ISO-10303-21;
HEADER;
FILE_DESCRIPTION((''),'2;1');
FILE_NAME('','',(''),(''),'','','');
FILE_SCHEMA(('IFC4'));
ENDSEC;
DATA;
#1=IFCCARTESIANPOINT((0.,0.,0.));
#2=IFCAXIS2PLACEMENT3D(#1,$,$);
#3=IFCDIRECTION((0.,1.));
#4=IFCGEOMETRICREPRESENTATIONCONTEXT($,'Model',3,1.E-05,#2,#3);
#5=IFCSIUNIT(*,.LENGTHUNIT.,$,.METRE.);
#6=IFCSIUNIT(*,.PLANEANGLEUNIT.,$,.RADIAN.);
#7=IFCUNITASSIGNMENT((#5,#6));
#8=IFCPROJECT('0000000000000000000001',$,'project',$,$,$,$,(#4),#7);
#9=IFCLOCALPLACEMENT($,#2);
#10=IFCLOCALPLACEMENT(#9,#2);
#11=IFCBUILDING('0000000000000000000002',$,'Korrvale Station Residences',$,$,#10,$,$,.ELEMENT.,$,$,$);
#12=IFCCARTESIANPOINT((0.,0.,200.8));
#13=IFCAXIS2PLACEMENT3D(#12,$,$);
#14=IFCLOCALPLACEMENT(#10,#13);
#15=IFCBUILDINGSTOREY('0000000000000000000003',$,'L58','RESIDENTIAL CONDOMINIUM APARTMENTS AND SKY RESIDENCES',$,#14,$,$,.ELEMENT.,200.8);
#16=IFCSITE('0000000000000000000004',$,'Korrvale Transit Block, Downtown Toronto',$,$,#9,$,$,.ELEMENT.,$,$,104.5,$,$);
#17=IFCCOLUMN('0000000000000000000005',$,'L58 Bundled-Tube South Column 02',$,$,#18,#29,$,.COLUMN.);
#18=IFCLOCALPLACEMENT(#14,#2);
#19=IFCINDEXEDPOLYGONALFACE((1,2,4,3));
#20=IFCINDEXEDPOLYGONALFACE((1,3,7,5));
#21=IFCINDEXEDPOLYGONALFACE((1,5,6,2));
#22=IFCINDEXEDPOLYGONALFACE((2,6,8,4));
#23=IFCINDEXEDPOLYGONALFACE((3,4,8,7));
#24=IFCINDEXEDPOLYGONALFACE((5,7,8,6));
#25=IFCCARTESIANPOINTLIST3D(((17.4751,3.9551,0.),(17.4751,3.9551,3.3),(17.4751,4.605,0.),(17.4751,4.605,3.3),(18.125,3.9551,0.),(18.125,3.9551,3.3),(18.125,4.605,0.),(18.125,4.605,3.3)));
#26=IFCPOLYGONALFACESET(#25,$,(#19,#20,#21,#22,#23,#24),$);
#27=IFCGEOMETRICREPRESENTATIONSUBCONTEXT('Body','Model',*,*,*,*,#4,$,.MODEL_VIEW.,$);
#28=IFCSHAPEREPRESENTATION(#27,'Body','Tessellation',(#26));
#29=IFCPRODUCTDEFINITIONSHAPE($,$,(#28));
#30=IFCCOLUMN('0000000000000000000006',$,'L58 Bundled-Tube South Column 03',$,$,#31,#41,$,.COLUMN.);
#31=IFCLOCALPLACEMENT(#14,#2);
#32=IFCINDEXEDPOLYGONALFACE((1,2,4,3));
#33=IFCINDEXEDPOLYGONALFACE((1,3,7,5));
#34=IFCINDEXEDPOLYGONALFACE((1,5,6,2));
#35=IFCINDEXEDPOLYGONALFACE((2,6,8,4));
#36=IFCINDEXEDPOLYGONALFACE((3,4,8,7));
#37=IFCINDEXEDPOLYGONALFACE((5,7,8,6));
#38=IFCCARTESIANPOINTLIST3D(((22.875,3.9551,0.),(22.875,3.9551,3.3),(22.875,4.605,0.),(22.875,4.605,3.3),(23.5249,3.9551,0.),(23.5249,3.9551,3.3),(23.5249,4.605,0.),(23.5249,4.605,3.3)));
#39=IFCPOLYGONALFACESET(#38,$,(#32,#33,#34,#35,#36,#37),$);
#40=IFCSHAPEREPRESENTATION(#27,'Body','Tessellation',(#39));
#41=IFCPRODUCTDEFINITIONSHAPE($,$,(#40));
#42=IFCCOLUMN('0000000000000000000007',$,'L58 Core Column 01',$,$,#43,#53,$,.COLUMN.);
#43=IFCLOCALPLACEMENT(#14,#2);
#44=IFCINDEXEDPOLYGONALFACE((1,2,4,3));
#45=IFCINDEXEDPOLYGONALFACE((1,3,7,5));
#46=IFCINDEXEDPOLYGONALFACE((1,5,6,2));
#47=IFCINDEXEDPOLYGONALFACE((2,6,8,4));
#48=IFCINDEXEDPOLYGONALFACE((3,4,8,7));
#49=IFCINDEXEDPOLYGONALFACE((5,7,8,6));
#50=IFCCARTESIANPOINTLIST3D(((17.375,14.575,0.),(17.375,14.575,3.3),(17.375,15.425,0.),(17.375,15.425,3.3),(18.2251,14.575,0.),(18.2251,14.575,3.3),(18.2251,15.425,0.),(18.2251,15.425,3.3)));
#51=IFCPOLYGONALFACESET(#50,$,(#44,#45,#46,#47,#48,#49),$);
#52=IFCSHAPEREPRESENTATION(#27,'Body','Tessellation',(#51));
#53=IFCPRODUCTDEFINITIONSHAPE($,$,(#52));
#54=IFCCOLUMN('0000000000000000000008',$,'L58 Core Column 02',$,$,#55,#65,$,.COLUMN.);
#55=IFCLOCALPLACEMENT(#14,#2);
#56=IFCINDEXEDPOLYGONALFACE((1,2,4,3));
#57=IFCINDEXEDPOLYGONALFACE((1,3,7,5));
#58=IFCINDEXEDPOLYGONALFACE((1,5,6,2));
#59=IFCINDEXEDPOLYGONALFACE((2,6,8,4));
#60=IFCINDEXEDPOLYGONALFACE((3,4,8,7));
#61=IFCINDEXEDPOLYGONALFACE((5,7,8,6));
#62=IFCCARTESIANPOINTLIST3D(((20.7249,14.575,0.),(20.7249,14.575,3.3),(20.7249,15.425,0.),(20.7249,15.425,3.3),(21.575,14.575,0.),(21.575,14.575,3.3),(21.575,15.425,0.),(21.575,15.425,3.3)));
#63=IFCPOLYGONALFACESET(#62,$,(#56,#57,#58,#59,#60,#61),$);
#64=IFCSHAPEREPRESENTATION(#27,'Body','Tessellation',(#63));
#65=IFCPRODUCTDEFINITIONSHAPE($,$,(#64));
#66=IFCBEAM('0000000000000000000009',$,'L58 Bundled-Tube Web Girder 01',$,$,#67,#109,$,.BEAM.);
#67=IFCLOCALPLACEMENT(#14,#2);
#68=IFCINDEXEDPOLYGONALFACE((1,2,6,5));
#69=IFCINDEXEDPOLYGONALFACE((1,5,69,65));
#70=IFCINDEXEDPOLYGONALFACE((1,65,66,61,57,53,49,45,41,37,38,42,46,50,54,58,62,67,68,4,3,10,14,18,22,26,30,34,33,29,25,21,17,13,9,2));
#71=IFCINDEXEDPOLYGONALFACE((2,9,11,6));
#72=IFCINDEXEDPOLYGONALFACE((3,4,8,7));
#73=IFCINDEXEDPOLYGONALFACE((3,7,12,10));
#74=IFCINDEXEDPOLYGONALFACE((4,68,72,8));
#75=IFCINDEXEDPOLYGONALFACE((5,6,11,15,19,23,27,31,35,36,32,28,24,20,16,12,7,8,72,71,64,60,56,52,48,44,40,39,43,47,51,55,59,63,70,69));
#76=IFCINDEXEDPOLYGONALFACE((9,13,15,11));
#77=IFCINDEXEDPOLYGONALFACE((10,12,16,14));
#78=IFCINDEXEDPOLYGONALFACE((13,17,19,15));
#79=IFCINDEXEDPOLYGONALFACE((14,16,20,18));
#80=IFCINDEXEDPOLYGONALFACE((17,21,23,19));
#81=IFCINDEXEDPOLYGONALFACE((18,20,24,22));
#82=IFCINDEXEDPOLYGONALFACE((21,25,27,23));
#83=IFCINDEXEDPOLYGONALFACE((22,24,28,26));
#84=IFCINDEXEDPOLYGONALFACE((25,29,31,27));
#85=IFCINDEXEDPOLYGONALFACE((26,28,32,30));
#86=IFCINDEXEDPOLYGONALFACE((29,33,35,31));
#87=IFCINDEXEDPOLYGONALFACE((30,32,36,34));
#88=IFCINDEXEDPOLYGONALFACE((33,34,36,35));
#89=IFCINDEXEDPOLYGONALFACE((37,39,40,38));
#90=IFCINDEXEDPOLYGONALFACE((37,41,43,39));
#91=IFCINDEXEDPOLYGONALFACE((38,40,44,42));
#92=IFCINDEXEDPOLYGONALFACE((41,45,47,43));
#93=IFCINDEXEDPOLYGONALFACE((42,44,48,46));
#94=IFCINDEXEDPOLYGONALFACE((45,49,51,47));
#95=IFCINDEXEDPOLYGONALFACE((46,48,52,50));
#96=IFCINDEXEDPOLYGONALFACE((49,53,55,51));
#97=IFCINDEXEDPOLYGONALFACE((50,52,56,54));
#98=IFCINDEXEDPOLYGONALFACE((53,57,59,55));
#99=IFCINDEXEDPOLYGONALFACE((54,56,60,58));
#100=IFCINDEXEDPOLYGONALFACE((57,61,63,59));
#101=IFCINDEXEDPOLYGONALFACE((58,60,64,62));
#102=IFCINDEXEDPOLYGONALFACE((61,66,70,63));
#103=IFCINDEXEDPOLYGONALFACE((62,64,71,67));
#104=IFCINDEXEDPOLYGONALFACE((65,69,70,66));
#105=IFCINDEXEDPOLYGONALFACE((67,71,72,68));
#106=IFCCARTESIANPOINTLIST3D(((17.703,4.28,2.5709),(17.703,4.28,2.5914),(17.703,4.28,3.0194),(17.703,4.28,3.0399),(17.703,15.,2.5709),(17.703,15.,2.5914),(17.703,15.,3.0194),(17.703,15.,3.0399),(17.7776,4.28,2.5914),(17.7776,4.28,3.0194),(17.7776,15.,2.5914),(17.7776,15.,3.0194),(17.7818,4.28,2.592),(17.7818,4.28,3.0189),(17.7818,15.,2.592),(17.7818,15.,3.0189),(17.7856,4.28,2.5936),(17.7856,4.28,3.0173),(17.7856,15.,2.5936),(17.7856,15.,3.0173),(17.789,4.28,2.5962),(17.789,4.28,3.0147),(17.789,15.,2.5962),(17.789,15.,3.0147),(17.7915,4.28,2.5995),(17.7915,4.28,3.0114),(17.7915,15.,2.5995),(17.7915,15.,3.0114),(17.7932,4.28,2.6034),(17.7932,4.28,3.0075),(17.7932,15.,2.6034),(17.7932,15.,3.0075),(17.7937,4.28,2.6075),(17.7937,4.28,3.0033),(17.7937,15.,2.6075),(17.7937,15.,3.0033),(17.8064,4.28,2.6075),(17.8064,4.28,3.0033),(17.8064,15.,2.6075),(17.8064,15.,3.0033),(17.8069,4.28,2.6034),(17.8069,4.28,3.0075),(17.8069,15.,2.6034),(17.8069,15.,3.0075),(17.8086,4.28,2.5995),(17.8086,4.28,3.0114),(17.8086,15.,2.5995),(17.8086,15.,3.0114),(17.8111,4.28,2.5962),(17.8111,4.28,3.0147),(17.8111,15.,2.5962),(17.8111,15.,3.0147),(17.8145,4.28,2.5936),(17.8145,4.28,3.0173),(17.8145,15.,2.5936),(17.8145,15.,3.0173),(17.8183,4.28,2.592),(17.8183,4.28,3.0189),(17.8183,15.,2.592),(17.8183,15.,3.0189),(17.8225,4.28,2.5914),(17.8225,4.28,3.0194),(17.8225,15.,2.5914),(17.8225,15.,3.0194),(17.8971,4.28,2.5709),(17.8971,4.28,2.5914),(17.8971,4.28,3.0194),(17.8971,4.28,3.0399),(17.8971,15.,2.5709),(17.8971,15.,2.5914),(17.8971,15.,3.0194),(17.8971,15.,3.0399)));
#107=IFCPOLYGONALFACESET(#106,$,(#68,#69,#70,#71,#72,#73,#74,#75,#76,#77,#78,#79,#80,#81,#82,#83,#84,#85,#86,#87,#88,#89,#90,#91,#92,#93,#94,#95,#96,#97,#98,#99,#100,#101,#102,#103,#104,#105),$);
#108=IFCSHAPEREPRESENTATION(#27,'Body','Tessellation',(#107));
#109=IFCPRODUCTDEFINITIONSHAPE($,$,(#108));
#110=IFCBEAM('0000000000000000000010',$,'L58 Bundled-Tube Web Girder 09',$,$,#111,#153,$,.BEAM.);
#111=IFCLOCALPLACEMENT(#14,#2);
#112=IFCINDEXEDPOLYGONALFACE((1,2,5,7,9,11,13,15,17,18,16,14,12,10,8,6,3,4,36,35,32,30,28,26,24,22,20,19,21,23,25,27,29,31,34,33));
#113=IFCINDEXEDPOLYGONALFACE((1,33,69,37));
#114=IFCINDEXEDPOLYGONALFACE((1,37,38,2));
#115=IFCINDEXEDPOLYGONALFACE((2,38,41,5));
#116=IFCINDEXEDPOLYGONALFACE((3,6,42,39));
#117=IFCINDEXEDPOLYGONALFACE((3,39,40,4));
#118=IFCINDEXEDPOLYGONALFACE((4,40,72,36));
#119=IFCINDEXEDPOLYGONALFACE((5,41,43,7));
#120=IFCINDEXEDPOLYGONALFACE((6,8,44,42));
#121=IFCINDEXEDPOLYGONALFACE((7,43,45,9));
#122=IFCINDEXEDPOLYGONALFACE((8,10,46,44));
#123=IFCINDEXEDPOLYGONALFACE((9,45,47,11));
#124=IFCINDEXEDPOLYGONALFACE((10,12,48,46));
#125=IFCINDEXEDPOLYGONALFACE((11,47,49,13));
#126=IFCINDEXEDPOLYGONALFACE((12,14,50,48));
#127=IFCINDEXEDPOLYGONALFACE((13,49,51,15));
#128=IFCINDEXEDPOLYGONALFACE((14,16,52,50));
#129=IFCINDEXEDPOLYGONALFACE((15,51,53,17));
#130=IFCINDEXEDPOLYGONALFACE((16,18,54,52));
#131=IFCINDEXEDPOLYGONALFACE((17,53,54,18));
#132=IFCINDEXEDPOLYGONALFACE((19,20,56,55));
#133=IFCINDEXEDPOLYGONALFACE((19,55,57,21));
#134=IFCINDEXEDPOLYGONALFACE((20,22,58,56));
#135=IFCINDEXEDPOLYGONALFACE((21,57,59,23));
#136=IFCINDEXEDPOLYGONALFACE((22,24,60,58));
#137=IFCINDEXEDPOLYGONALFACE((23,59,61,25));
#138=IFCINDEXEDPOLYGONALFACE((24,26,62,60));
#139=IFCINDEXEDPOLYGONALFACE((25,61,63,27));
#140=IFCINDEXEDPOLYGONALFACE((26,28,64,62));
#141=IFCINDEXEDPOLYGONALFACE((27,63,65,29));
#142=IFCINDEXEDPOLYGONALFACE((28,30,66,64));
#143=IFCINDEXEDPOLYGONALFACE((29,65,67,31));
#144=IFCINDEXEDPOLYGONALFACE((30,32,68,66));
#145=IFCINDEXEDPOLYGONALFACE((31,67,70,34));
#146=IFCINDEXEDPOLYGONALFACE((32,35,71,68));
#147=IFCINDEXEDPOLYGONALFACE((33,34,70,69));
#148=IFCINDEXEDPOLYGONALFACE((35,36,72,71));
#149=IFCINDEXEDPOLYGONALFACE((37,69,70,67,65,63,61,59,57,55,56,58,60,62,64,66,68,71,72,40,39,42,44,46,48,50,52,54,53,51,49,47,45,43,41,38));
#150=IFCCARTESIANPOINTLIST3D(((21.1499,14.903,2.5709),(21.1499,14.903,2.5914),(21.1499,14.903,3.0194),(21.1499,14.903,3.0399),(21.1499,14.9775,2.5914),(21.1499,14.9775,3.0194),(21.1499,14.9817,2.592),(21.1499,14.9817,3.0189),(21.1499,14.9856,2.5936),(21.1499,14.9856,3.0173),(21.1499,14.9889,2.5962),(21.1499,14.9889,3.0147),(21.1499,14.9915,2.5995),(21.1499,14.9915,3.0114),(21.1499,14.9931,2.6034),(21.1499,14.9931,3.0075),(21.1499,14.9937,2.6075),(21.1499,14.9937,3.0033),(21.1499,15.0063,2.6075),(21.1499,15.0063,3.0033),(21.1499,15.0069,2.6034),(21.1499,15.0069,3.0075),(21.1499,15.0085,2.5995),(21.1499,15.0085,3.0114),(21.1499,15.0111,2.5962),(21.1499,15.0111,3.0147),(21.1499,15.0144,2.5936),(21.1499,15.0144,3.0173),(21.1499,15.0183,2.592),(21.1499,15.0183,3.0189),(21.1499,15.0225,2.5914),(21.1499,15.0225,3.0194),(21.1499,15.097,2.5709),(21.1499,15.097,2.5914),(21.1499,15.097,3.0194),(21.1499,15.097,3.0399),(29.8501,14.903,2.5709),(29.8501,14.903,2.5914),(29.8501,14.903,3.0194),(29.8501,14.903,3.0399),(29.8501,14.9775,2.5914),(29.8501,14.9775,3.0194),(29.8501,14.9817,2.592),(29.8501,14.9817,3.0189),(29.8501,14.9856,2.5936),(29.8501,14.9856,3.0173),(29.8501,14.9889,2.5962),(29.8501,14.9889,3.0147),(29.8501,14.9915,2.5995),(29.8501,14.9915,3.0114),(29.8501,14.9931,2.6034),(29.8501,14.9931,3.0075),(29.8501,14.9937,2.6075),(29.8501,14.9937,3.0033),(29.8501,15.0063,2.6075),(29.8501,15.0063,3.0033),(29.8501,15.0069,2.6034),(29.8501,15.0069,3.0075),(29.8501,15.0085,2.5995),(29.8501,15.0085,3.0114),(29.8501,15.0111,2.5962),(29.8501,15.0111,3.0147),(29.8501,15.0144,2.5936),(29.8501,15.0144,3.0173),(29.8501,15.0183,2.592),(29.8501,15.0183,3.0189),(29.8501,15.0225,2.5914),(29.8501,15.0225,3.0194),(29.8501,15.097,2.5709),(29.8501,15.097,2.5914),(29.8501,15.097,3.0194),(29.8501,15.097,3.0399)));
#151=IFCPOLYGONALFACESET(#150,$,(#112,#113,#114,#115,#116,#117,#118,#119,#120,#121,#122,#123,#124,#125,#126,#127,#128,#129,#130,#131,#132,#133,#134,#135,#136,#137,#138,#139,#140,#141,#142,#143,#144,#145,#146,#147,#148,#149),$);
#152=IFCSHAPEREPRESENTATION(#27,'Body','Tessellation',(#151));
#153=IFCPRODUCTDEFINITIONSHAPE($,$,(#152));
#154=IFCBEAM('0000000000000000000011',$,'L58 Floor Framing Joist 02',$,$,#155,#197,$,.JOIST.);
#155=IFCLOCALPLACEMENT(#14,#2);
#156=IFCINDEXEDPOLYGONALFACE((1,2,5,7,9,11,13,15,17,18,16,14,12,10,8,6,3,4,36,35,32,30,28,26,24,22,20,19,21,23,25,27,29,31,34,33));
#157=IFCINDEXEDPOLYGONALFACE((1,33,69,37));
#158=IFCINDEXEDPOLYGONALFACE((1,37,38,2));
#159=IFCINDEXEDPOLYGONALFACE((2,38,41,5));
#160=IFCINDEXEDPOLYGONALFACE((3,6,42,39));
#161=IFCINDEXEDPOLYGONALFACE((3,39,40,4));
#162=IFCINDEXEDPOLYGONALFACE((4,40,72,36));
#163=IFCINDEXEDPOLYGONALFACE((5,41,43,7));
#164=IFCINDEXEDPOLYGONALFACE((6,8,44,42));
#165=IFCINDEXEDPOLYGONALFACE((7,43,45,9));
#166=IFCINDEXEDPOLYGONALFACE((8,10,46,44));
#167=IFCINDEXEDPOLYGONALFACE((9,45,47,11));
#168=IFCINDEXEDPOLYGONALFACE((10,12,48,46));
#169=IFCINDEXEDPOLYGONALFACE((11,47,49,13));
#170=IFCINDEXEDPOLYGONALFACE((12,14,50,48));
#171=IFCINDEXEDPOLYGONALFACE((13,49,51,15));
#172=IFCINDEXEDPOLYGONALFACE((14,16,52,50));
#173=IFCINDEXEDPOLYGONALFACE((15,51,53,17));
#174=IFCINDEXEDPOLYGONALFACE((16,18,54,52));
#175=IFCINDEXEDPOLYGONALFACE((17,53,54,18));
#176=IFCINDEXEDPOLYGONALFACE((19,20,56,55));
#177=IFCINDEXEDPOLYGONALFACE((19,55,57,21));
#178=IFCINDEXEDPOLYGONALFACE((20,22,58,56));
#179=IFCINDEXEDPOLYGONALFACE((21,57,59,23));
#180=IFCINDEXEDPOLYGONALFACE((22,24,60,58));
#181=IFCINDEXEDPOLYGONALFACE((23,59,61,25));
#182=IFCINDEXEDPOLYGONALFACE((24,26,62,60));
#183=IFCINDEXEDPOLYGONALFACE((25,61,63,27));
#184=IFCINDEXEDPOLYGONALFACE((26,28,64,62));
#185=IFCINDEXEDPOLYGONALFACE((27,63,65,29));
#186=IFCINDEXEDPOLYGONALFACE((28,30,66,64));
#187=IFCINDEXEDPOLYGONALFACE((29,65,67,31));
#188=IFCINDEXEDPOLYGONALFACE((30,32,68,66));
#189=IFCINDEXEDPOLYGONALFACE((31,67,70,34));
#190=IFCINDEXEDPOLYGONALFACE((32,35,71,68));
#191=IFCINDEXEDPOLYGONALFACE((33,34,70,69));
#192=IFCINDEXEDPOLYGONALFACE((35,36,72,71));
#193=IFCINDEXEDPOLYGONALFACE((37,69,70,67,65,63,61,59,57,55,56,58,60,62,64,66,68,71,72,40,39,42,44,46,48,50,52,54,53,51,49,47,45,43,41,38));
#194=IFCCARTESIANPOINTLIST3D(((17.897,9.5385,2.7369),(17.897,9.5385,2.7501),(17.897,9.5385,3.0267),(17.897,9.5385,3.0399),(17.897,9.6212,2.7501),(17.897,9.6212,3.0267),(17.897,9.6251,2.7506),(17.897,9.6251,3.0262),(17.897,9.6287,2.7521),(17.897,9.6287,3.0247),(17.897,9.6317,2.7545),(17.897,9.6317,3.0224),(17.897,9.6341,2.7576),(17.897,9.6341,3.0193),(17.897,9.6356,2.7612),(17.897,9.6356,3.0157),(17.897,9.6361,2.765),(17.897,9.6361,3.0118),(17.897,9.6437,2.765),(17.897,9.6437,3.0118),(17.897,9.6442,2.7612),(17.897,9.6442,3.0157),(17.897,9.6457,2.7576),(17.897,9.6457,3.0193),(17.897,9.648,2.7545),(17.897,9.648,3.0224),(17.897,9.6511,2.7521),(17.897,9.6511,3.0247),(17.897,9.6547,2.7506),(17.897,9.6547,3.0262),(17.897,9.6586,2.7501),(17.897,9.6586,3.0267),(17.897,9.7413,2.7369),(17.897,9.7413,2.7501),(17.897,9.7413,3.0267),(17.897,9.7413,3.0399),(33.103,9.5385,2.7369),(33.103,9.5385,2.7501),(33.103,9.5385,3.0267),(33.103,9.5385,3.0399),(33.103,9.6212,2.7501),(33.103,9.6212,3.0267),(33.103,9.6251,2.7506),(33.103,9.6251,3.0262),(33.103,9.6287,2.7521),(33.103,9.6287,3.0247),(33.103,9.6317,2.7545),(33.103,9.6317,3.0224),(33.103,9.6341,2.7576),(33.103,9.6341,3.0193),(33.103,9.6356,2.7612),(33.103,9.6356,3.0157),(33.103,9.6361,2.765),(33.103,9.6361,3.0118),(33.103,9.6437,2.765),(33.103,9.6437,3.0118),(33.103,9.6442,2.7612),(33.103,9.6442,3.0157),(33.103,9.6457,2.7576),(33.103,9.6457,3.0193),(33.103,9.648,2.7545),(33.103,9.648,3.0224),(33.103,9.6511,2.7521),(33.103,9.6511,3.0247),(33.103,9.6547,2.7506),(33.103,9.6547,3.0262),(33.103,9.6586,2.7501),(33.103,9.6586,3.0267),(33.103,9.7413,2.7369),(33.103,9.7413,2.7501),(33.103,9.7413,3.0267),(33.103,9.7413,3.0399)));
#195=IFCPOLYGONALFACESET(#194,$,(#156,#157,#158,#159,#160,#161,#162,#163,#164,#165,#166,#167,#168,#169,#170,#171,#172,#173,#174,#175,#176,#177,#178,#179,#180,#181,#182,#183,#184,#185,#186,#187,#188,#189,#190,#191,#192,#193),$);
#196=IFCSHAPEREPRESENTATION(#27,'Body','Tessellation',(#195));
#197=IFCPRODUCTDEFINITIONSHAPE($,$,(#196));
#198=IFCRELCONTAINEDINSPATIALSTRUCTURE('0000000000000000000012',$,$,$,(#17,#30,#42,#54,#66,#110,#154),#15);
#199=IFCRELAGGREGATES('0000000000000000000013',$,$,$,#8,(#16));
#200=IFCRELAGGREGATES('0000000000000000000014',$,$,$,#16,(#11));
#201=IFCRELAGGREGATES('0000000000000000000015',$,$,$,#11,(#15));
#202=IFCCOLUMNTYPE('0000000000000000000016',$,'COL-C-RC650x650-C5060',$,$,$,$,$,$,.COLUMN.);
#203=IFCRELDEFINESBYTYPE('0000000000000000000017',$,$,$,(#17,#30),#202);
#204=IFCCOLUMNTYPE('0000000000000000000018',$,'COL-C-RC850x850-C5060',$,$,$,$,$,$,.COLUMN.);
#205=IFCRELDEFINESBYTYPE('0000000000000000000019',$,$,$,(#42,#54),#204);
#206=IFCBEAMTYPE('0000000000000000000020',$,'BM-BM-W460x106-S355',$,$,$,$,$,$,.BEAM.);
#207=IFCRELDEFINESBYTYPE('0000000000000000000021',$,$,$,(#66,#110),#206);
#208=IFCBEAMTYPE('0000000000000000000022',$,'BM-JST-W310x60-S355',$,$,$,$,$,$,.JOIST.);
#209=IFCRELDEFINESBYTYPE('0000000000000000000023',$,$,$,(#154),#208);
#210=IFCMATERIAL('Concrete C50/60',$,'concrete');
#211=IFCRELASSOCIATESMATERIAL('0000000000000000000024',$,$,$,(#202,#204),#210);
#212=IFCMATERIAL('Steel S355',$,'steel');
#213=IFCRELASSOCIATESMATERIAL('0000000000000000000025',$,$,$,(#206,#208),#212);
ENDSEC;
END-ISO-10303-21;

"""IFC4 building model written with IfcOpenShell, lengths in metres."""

from ifc_helpers import new_model, si_unit, direction, frame, origin, origin_2d, place, context, subcontext, project, spatial, rectangle, i_section, extrude, material, material_profile, profile_set, type_object, element, save


model = new_model("IFC4")

# Units and contexts
model_context = context("Model", 3, precision=1e-05, world=origin(), true_north=direction((0.0, 1.0)))
body_context = subcontext(model_context, "Body", "Model", "MODEL_VIEW")
ifc_project = project(units=[si_unit("LENGTHUNIT", "METRE"), si_unit("PLANEANGLEUNIT", "RADIAN")], contexts=[model_context])

# Site, building, storey
site_placement = place(None, origin())
site = spatial("IfcSite", under=ifc_project, at=site_placement, Name="Korrvale Transit Block, Downtown Toronto", CompositionType="ELEMENT", RefElevation=104.5)
building_placement = place(site_placement, origin())
building = spatial("IfcBuilding", under=site, at=building_placement, Name="Korrvale Station Residences", CompositionType="ELEMENT")
storey_placement = place(building_placement, frame((0.0, 0.0, 200.8)))
storey = spatial("IfcBuildingStorey", under=building, at=storey_placement, Name="L58", Description="RESIDENTIAL CONDOMINIUM APARTMENTS AND SKY RESIDENCES", CompositionType="ELEMENT", Elevation=200.8)

# Columns
ifc_material_1 = material(Name="Concrete C50/60", Category="concrete")
ifc_material_profile_1 = material_profile(ifc_material_1, rectangle(XDim=0.6499, YDim=0.6499, at=origin_2d()), Name="RC650x650")
ifc_profile_set_1 = profile_set([ifc_material_profile_1], Name="Concrete C50/60")
column_type_1 = type_object("IfcColumnType", Name="COL-C-RC650x650-C5060", PredefinedType="COLUMN", material=ifc_profile_set_1)
for number, where, z_axis, x_axis, name in (
    (1, (17.8, 4.28, 0.0), (0.0, 0.0, 1.0), (1.0, 0.0, 0.0), "L58 Bundled-Tube South Column 02"),
    (2, (23.2, 4.28, 0.0), (0.0, 0.0, 1.0), (1.0, 0.0, 0.0), "L58 Bundled-Tube South Column 03"),
):
    element("IfcColumn", number, at=place(storey_placement, frame(where, z_axis=z_axis, x_axis=x_axis)), inside=storey, type_object=column_type_1, Name=name, PredefinedType="COLUMN", context=body_context, shape_type="SweptSolid", body=[
        extrude(rectangle(XDim=0.6499, YDim=0.6499, at=origin_2d()), origin(), (0.0, 0.0, 1.0), 3.3),
    ])
ifc_material_profile_2 = material_profile(ifc_material_1, rectangle(XDim=0.8501, YDim=0.8501, at=origin_2d()), Name="RC850x850")
ifc_profile_set_2 = profile_set([ifc_material_profile_2], Name="Concrete C50/60")
column_type_2 = type_object("IfcColumnType", Name="COL-C-RC850x850-C5060", PredefinedType="COLUMN", material=ifc_profile_set_2)
for number, where, z_axis, x_axis, name in (
    (3, (17.8, 15.0, 0.0), (0.0, 0.0, 1.0), (1.0, 0.0, 0.0), "L58 Core Column 01"),
    (4, (21.1499, 15.0, 0.0), (0.0, 0.0, 1.0), (1.0, 0.0, 0.0), "L58 Core Column 02"),
):
    element("IfcColumn", number, at=place(storey_placement, frame(where, z_axis=z_axis, x_axis=x_axis)), inside=storey, type_object=column_type_2, Name=name, PredefinedType="COLUMN", context=body_context, shape_type="SweptSolid", body=[
        extrude(rectangle(XDim=0.8501, YDim=0.8501, at=origin_2d()), origin(), (0.0, 0.0, 1.0), 3.3),
    ])

# Beams
ifc_material_2 = material(Name="Steel S355", Category="steel")
ifc_material_profile_3 = material_profile(ifc_material_2, i_section(OverallWidth=0.1941, OverallDepth=0.469, WebThickness=0.0127, FlangeThickness=0.0205, FilletRadius=0.0161, at=origin_2d()), Name="W460x106")
ifc_profile_set_3 = profile_set([ifc_material_profile_3], Name="Steel S355")
beam_type_1 = type_object("IfcBeamType", Name="BM-BM-W460x106-S355", PredefinedType="BEAM", material=ifc_profile_set_3)
beam_1_placement = place(storey_placement, frame((17.8, 4.28, 2.8054), z_axis=(0.0, 1.0, 0.0), x_axis=(-1.0, 0.0, 0.0)))
element("IfcBeam", 5, at=beam_1_placement, inside=storey, type_object=beam_type_1, Name="L58 Bundled-Tube Web Girder 01", PredefinedType="BEAM", context=body_context, shape_type="SweptSolid", body=[
    extrude(i_section(OverallWidth=0.1941, OverallDepth=0.469, WebThickness=0.0127, FlangeThickness=0.0205, FilletRadius=0.0161, at=origin_2d()), origin(), (0.0, 0.0, 1.0), 10.72),
])
beam_2_placement = place(storey_placement, frame((21.1499, 15.0, 2.8054), z_axis=(1.0, 0.0, 0.0), x_axis=(0.0, 1.0, 0.0)))
element("IfcBeam", 6, at=beam_2_placement, inside=storey, type_object=beam_type_1, Name="L58 Bundled-Tube Web Girder 09", PredefinedType="BEAM", context=body_context, shape_type="SweptSolid", body=[
    extrude(i_section(OverallWidth=0.1941, OverallDepth=0.469, WebThickness=0.0127, FlangeThickness=0.0205, FilletRadius=0.0161, at=origin_2d()), origin(), (0.0, 0.0, 1.0), 8.7002),
])
ifc_material_profile_4 = material_profile(ifc_material_2, i_section(OverallWidth=0.2029, OverallDepth=0.303, WebThickness=0.0076, FlangeThickness=0.0132, FilletRadius=0.0149, at=origin_2d()), Name="W310x60")
ifc_profile_set_4 = profile_set([ifc_material_profile_4], Name="Steel S355")
beam_type_2 = type_object("IfcBeamType", Name="BM-JST-W310x60-S355", PredefinedType="JOIST", material=ifc_profile_set_4)
beam_3_placement = place(storey_placement, frame((17.897, 9.6399, 2.8884), z_axis=(1.0, 0.0, 0.0), x_axis=(0.0, 1.0, 0.0)))
element("IfcBeam", 7, at=beam_3_placement, inside=storey, type_object=beam_type_2, Name="L58 Floor Framing Joist 02", PredefinedType="JOIST", context=body_context, shape_type="SweptSolid", body=[
    extrude(i_section(OverallWidth=0.2029, OverallDepth=0.303, WebThickness=0.0076, FlangeThickness=0.0132, FilletRadius=0.0149, at=origin_2d()), origin(), (0.0, 0.0, 1.0), 15.2061),
])

save(model, "model.ifc")
